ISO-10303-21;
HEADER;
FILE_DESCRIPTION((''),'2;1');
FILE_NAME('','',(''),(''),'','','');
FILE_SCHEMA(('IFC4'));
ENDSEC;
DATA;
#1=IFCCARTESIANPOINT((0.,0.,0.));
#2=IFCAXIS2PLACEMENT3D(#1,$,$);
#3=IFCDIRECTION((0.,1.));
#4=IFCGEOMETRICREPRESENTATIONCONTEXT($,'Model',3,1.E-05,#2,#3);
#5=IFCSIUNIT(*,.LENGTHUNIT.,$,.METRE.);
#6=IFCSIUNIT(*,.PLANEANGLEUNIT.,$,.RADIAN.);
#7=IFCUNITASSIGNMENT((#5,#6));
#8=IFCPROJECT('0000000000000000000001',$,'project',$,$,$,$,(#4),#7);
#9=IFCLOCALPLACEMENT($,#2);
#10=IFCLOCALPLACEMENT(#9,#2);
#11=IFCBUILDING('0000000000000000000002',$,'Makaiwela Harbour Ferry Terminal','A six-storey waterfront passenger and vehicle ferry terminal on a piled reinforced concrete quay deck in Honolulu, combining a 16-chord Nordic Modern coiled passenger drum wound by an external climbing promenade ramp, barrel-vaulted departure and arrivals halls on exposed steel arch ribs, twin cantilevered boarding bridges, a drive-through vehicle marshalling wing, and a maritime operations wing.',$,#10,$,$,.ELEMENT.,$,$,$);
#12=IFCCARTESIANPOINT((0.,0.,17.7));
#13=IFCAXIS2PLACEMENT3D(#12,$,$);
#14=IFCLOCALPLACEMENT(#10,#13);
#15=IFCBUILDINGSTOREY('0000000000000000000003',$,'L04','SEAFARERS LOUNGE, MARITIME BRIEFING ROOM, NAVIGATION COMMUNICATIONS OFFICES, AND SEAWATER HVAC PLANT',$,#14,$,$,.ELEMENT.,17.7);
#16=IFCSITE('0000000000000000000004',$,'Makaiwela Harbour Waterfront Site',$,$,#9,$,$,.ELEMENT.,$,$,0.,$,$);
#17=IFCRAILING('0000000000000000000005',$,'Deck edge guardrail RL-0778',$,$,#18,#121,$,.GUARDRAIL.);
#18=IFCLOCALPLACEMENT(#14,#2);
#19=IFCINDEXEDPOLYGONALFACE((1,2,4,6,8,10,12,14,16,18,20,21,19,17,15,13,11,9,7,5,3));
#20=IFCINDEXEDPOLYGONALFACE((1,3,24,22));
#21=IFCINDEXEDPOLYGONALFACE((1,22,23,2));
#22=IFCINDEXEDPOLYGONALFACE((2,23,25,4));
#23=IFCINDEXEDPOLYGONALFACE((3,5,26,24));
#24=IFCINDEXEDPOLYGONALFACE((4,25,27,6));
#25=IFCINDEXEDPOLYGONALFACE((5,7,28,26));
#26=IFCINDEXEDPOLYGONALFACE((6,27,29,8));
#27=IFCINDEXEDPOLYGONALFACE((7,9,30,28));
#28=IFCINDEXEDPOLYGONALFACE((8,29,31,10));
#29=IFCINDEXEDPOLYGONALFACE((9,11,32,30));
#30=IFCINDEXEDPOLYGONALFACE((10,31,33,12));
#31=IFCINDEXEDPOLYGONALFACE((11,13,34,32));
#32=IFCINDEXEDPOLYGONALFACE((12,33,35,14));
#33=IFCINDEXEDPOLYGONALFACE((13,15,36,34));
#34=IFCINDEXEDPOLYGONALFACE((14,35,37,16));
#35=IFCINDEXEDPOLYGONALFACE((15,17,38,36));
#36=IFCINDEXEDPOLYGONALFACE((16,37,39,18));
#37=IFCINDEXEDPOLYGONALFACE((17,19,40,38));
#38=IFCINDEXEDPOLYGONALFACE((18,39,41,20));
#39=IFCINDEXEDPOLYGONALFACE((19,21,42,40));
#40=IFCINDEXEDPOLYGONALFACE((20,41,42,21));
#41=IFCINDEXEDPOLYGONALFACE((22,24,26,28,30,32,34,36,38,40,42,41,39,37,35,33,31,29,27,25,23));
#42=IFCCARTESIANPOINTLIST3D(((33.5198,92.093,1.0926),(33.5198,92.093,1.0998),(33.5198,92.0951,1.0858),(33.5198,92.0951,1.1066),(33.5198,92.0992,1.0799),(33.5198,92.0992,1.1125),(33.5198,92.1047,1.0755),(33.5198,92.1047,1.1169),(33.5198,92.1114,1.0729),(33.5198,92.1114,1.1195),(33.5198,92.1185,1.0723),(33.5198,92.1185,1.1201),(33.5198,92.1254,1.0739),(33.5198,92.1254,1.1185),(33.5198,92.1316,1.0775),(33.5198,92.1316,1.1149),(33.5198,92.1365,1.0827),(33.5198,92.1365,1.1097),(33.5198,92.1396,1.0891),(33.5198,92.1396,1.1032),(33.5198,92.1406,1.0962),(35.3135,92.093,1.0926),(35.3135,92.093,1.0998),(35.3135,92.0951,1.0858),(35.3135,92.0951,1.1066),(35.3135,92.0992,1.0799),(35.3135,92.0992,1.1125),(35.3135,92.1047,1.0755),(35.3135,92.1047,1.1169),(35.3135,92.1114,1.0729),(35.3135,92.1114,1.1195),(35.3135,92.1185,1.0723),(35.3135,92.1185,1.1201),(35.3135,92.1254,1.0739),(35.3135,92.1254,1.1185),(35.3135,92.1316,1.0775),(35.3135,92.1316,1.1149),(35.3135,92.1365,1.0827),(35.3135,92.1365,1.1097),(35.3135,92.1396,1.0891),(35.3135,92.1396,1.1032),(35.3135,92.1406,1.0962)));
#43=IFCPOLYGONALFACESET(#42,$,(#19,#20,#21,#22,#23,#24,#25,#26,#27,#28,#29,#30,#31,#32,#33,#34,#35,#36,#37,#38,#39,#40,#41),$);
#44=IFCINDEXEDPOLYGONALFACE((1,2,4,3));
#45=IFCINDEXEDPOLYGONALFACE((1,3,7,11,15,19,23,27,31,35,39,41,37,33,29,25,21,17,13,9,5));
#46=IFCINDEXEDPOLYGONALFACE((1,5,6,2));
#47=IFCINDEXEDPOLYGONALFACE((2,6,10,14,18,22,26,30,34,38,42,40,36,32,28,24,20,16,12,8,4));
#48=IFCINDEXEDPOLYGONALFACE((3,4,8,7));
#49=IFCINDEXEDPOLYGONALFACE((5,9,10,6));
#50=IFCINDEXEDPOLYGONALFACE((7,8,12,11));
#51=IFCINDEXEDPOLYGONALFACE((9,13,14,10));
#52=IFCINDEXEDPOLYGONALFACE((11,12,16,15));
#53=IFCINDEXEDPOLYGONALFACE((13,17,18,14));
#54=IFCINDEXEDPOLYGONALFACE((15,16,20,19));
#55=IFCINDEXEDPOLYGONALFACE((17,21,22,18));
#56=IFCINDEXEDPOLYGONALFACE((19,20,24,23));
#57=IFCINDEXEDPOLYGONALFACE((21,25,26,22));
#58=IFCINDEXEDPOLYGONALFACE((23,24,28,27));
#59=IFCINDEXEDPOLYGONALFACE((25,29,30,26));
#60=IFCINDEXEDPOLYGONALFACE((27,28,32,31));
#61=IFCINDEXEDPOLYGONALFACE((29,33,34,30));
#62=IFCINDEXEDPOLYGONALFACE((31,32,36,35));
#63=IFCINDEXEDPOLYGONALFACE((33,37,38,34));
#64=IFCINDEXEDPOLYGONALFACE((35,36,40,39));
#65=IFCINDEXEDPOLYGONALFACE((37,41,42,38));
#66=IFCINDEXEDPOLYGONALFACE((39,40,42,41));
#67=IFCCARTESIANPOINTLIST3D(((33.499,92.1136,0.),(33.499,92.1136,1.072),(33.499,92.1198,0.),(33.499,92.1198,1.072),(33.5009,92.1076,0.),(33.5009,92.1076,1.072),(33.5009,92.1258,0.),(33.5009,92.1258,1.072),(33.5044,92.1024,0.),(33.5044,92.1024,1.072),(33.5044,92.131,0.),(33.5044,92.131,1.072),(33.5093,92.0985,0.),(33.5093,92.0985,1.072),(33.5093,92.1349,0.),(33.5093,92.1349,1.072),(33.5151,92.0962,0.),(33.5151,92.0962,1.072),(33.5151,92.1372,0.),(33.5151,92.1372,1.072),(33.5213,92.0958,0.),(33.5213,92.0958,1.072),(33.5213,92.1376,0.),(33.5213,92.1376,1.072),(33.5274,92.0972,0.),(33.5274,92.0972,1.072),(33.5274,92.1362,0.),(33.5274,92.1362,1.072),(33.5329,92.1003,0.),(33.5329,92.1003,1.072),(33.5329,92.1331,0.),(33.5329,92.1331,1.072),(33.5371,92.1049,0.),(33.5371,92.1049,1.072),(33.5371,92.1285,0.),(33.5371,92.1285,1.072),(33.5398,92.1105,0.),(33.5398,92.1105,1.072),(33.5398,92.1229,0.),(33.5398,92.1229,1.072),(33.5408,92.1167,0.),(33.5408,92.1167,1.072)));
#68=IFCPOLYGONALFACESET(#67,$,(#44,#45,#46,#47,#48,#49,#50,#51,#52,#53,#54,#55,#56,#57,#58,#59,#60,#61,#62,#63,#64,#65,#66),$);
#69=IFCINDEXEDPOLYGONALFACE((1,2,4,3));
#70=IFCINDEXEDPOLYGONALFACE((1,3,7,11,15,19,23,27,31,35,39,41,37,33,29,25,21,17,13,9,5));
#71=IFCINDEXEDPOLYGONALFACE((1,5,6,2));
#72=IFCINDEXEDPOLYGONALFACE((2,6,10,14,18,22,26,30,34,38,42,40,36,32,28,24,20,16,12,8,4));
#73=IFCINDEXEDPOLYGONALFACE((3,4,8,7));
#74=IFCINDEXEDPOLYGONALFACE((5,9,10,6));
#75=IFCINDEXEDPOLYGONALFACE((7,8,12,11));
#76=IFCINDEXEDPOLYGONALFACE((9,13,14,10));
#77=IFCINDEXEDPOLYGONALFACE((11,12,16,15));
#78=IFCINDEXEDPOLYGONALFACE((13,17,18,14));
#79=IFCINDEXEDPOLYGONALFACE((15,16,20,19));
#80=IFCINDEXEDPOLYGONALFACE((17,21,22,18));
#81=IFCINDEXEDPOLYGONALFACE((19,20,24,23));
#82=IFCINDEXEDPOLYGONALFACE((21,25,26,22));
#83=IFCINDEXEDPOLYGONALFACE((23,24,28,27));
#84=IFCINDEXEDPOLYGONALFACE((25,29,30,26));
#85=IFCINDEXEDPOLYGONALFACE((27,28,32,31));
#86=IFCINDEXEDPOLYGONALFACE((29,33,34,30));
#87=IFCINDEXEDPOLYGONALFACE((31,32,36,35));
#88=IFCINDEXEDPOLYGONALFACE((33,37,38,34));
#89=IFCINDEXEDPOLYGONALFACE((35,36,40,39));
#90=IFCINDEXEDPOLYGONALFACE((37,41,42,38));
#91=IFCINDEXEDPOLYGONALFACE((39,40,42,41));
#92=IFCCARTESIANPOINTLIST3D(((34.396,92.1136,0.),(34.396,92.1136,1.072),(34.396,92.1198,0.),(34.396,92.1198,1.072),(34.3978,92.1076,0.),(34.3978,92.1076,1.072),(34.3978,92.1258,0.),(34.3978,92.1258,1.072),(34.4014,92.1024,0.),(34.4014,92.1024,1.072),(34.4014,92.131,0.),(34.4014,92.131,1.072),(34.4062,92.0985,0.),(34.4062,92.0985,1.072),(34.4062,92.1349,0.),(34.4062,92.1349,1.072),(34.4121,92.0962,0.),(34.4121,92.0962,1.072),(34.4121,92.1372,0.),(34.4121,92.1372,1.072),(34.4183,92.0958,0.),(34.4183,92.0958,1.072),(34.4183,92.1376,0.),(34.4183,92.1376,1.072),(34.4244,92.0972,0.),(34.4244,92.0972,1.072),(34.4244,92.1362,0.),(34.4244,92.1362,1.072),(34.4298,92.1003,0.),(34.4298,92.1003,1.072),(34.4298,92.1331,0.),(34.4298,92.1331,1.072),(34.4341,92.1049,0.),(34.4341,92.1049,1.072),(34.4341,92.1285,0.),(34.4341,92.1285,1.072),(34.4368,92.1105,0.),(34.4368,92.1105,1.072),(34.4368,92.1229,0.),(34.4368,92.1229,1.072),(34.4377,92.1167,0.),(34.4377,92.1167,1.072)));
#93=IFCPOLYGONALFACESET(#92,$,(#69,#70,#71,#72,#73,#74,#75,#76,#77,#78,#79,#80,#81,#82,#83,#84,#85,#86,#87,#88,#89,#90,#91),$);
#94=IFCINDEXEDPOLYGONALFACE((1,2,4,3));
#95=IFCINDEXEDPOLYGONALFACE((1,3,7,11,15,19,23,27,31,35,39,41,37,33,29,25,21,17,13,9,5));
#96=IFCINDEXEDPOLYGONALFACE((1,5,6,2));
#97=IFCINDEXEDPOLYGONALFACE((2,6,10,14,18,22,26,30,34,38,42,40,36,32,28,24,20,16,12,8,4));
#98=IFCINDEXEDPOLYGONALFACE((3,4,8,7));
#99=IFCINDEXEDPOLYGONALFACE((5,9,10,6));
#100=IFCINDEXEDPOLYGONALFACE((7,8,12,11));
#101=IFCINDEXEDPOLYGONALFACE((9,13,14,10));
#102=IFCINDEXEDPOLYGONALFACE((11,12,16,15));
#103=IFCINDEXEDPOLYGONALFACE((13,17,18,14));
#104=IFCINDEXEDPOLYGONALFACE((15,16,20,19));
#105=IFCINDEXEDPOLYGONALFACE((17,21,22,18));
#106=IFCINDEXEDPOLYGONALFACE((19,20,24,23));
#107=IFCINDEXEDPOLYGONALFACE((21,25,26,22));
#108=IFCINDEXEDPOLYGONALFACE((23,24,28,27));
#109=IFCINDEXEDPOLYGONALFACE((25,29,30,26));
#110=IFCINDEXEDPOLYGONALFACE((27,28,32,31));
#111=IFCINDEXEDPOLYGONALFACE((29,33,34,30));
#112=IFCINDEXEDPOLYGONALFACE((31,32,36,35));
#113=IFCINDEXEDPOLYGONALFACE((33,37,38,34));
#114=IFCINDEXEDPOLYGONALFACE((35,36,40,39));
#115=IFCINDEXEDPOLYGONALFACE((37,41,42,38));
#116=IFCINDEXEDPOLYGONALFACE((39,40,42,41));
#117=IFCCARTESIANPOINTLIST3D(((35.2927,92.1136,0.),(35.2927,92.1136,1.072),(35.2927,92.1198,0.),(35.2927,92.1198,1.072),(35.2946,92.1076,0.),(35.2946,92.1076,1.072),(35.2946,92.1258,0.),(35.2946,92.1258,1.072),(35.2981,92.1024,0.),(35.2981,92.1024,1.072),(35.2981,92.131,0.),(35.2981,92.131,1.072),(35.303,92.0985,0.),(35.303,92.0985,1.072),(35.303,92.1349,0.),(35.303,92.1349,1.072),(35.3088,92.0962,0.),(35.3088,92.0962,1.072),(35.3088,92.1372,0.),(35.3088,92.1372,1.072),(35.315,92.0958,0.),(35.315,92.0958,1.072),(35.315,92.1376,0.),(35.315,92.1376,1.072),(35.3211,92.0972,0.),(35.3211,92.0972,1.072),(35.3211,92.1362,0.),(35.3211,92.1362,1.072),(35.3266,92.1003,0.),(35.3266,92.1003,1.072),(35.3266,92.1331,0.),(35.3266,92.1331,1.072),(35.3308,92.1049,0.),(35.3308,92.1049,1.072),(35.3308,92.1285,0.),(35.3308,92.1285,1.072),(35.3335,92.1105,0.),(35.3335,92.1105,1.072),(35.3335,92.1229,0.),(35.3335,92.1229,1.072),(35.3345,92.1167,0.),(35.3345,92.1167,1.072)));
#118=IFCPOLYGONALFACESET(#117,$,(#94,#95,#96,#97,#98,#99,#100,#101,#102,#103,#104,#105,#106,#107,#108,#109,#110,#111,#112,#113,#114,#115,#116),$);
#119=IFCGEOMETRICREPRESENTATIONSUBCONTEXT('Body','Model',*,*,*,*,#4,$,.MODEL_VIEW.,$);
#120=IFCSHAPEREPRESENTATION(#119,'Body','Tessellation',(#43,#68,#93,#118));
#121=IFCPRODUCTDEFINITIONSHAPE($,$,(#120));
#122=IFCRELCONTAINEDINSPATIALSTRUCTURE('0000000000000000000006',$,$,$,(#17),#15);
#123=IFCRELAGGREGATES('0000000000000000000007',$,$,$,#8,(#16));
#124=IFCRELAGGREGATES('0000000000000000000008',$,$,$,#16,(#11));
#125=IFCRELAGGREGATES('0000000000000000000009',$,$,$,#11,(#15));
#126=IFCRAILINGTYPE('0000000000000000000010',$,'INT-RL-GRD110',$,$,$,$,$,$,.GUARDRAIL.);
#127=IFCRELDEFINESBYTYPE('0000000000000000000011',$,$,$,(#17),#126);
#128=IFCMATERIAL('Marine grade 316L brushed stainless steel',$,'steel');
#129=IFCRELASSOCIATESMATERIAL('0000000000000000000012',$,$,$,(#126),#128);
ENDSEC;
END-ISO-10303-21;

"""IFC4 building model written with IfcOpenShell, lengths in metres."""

from ifc_helpers import new_model, si_unit, direction, frame, origin, origin_2d, place, context, subcontext, project, spatial, circle, extrude, material, type_object, element, save


model = new_model("IFC4")

# Units and contexts
model_context = context("Model", 3, precision=1e-05, world=origin(), true_north=direction((0.0, 1.0)))
body_context = subcontext(model_context, "Body", "Model", "MODEL_VIEW")
ifc_project = project(units=[si_unit("LENGTHUNIT", "METRE"), si_unit("PLANEANGLEUNIT", "RADIAN")], contexts=[model_context])

# Site, building, storey
site_placement = place(None, origin())
site = spatial("IfcSite", under=ifc_project, at=site_placement, Name="Makaiwela Harbour Waterfront Site", CompositionType="ELEMENT", RefElevation=0.0)
building_placement = place(site_placement, origin())
building = spatial("IfcBuilding", under=site, at=building_placement, Name="Makaiwela Harbour Ferry Terminal", Description="A six-storey waterfront passenger and vehicle ferry terminal on a piled reinforced concrete quay deck in Honolulu, combining a 16-chord Nordic Modern coiled passenger drum wound by an external climbing promenade ramp, barrel-vaulted departure and arrivals halls on exposed steel arch ribs, twin cantilevered boarding bridges, a drive-through vehicle marshalling wing, and a maritime operations wing.", CompositionType="ELEMENT")
storey_placement = place(building_placement, frame((0.0, 0.0, 17.7)))
storey = spatial("IfcBuildingStorey", under=building, at=storey_placement, Name="L04", Description="SEAFARERS LOUNGE, MARITIME BRIEFING ROOM, NAVIGATION COMMUNICATIONS OFFICES, AND SEAWATER HVAC PLANT", CompositionType="ELEMENT", Elevation=17.7)

# Railing
ifc_material_1 = material(Name="Marine grade 316L brushed stainless steel", Category="steel")
railing_type = type_object("IfcRailingType", Name="INT-RL-GRD110", PredefinedType="GUARDRAIL", material=ifc_material_1)
railing_placement = place(storey_placement, frame((33.5198, 92.1167, 0.0)))
element("IfcRailing", 1, at=railing_placement, inside=storey, type_object=railing_type, Name="Deck edge guardrail RL-0778", PredefinedType="GUARDRAIL", context=body_context, shape_type="SweptSolid", body=[
    extrude(circle(Radius=0.0239, at=origin_2d()), frame((0.0, 0.0, 1.0962), z_axis=(1.0, 0.0, 0.0), x_axis=(0.0, 1.0, 0.0)), (0.0, 0.0, 1.0), 1.7937),
    extrude(circle(Radius=0.021, at=origin_2d()), origin(), (0.0, 0.0, 1.0), 1.072),
    extrude(circle(Radius=0.021, at=origin_2d()), frame((0.897, 0.0, 0.0)), (0.0, 0.0, 1.0), 1.072),
    extrude(circle(Radius=0.021, at=origin_2d()), frame((1.7937, 0.0, 0.0)), (0.0, 0.0, 1.0), 1.072),
])

save(model, "model.ifc")
